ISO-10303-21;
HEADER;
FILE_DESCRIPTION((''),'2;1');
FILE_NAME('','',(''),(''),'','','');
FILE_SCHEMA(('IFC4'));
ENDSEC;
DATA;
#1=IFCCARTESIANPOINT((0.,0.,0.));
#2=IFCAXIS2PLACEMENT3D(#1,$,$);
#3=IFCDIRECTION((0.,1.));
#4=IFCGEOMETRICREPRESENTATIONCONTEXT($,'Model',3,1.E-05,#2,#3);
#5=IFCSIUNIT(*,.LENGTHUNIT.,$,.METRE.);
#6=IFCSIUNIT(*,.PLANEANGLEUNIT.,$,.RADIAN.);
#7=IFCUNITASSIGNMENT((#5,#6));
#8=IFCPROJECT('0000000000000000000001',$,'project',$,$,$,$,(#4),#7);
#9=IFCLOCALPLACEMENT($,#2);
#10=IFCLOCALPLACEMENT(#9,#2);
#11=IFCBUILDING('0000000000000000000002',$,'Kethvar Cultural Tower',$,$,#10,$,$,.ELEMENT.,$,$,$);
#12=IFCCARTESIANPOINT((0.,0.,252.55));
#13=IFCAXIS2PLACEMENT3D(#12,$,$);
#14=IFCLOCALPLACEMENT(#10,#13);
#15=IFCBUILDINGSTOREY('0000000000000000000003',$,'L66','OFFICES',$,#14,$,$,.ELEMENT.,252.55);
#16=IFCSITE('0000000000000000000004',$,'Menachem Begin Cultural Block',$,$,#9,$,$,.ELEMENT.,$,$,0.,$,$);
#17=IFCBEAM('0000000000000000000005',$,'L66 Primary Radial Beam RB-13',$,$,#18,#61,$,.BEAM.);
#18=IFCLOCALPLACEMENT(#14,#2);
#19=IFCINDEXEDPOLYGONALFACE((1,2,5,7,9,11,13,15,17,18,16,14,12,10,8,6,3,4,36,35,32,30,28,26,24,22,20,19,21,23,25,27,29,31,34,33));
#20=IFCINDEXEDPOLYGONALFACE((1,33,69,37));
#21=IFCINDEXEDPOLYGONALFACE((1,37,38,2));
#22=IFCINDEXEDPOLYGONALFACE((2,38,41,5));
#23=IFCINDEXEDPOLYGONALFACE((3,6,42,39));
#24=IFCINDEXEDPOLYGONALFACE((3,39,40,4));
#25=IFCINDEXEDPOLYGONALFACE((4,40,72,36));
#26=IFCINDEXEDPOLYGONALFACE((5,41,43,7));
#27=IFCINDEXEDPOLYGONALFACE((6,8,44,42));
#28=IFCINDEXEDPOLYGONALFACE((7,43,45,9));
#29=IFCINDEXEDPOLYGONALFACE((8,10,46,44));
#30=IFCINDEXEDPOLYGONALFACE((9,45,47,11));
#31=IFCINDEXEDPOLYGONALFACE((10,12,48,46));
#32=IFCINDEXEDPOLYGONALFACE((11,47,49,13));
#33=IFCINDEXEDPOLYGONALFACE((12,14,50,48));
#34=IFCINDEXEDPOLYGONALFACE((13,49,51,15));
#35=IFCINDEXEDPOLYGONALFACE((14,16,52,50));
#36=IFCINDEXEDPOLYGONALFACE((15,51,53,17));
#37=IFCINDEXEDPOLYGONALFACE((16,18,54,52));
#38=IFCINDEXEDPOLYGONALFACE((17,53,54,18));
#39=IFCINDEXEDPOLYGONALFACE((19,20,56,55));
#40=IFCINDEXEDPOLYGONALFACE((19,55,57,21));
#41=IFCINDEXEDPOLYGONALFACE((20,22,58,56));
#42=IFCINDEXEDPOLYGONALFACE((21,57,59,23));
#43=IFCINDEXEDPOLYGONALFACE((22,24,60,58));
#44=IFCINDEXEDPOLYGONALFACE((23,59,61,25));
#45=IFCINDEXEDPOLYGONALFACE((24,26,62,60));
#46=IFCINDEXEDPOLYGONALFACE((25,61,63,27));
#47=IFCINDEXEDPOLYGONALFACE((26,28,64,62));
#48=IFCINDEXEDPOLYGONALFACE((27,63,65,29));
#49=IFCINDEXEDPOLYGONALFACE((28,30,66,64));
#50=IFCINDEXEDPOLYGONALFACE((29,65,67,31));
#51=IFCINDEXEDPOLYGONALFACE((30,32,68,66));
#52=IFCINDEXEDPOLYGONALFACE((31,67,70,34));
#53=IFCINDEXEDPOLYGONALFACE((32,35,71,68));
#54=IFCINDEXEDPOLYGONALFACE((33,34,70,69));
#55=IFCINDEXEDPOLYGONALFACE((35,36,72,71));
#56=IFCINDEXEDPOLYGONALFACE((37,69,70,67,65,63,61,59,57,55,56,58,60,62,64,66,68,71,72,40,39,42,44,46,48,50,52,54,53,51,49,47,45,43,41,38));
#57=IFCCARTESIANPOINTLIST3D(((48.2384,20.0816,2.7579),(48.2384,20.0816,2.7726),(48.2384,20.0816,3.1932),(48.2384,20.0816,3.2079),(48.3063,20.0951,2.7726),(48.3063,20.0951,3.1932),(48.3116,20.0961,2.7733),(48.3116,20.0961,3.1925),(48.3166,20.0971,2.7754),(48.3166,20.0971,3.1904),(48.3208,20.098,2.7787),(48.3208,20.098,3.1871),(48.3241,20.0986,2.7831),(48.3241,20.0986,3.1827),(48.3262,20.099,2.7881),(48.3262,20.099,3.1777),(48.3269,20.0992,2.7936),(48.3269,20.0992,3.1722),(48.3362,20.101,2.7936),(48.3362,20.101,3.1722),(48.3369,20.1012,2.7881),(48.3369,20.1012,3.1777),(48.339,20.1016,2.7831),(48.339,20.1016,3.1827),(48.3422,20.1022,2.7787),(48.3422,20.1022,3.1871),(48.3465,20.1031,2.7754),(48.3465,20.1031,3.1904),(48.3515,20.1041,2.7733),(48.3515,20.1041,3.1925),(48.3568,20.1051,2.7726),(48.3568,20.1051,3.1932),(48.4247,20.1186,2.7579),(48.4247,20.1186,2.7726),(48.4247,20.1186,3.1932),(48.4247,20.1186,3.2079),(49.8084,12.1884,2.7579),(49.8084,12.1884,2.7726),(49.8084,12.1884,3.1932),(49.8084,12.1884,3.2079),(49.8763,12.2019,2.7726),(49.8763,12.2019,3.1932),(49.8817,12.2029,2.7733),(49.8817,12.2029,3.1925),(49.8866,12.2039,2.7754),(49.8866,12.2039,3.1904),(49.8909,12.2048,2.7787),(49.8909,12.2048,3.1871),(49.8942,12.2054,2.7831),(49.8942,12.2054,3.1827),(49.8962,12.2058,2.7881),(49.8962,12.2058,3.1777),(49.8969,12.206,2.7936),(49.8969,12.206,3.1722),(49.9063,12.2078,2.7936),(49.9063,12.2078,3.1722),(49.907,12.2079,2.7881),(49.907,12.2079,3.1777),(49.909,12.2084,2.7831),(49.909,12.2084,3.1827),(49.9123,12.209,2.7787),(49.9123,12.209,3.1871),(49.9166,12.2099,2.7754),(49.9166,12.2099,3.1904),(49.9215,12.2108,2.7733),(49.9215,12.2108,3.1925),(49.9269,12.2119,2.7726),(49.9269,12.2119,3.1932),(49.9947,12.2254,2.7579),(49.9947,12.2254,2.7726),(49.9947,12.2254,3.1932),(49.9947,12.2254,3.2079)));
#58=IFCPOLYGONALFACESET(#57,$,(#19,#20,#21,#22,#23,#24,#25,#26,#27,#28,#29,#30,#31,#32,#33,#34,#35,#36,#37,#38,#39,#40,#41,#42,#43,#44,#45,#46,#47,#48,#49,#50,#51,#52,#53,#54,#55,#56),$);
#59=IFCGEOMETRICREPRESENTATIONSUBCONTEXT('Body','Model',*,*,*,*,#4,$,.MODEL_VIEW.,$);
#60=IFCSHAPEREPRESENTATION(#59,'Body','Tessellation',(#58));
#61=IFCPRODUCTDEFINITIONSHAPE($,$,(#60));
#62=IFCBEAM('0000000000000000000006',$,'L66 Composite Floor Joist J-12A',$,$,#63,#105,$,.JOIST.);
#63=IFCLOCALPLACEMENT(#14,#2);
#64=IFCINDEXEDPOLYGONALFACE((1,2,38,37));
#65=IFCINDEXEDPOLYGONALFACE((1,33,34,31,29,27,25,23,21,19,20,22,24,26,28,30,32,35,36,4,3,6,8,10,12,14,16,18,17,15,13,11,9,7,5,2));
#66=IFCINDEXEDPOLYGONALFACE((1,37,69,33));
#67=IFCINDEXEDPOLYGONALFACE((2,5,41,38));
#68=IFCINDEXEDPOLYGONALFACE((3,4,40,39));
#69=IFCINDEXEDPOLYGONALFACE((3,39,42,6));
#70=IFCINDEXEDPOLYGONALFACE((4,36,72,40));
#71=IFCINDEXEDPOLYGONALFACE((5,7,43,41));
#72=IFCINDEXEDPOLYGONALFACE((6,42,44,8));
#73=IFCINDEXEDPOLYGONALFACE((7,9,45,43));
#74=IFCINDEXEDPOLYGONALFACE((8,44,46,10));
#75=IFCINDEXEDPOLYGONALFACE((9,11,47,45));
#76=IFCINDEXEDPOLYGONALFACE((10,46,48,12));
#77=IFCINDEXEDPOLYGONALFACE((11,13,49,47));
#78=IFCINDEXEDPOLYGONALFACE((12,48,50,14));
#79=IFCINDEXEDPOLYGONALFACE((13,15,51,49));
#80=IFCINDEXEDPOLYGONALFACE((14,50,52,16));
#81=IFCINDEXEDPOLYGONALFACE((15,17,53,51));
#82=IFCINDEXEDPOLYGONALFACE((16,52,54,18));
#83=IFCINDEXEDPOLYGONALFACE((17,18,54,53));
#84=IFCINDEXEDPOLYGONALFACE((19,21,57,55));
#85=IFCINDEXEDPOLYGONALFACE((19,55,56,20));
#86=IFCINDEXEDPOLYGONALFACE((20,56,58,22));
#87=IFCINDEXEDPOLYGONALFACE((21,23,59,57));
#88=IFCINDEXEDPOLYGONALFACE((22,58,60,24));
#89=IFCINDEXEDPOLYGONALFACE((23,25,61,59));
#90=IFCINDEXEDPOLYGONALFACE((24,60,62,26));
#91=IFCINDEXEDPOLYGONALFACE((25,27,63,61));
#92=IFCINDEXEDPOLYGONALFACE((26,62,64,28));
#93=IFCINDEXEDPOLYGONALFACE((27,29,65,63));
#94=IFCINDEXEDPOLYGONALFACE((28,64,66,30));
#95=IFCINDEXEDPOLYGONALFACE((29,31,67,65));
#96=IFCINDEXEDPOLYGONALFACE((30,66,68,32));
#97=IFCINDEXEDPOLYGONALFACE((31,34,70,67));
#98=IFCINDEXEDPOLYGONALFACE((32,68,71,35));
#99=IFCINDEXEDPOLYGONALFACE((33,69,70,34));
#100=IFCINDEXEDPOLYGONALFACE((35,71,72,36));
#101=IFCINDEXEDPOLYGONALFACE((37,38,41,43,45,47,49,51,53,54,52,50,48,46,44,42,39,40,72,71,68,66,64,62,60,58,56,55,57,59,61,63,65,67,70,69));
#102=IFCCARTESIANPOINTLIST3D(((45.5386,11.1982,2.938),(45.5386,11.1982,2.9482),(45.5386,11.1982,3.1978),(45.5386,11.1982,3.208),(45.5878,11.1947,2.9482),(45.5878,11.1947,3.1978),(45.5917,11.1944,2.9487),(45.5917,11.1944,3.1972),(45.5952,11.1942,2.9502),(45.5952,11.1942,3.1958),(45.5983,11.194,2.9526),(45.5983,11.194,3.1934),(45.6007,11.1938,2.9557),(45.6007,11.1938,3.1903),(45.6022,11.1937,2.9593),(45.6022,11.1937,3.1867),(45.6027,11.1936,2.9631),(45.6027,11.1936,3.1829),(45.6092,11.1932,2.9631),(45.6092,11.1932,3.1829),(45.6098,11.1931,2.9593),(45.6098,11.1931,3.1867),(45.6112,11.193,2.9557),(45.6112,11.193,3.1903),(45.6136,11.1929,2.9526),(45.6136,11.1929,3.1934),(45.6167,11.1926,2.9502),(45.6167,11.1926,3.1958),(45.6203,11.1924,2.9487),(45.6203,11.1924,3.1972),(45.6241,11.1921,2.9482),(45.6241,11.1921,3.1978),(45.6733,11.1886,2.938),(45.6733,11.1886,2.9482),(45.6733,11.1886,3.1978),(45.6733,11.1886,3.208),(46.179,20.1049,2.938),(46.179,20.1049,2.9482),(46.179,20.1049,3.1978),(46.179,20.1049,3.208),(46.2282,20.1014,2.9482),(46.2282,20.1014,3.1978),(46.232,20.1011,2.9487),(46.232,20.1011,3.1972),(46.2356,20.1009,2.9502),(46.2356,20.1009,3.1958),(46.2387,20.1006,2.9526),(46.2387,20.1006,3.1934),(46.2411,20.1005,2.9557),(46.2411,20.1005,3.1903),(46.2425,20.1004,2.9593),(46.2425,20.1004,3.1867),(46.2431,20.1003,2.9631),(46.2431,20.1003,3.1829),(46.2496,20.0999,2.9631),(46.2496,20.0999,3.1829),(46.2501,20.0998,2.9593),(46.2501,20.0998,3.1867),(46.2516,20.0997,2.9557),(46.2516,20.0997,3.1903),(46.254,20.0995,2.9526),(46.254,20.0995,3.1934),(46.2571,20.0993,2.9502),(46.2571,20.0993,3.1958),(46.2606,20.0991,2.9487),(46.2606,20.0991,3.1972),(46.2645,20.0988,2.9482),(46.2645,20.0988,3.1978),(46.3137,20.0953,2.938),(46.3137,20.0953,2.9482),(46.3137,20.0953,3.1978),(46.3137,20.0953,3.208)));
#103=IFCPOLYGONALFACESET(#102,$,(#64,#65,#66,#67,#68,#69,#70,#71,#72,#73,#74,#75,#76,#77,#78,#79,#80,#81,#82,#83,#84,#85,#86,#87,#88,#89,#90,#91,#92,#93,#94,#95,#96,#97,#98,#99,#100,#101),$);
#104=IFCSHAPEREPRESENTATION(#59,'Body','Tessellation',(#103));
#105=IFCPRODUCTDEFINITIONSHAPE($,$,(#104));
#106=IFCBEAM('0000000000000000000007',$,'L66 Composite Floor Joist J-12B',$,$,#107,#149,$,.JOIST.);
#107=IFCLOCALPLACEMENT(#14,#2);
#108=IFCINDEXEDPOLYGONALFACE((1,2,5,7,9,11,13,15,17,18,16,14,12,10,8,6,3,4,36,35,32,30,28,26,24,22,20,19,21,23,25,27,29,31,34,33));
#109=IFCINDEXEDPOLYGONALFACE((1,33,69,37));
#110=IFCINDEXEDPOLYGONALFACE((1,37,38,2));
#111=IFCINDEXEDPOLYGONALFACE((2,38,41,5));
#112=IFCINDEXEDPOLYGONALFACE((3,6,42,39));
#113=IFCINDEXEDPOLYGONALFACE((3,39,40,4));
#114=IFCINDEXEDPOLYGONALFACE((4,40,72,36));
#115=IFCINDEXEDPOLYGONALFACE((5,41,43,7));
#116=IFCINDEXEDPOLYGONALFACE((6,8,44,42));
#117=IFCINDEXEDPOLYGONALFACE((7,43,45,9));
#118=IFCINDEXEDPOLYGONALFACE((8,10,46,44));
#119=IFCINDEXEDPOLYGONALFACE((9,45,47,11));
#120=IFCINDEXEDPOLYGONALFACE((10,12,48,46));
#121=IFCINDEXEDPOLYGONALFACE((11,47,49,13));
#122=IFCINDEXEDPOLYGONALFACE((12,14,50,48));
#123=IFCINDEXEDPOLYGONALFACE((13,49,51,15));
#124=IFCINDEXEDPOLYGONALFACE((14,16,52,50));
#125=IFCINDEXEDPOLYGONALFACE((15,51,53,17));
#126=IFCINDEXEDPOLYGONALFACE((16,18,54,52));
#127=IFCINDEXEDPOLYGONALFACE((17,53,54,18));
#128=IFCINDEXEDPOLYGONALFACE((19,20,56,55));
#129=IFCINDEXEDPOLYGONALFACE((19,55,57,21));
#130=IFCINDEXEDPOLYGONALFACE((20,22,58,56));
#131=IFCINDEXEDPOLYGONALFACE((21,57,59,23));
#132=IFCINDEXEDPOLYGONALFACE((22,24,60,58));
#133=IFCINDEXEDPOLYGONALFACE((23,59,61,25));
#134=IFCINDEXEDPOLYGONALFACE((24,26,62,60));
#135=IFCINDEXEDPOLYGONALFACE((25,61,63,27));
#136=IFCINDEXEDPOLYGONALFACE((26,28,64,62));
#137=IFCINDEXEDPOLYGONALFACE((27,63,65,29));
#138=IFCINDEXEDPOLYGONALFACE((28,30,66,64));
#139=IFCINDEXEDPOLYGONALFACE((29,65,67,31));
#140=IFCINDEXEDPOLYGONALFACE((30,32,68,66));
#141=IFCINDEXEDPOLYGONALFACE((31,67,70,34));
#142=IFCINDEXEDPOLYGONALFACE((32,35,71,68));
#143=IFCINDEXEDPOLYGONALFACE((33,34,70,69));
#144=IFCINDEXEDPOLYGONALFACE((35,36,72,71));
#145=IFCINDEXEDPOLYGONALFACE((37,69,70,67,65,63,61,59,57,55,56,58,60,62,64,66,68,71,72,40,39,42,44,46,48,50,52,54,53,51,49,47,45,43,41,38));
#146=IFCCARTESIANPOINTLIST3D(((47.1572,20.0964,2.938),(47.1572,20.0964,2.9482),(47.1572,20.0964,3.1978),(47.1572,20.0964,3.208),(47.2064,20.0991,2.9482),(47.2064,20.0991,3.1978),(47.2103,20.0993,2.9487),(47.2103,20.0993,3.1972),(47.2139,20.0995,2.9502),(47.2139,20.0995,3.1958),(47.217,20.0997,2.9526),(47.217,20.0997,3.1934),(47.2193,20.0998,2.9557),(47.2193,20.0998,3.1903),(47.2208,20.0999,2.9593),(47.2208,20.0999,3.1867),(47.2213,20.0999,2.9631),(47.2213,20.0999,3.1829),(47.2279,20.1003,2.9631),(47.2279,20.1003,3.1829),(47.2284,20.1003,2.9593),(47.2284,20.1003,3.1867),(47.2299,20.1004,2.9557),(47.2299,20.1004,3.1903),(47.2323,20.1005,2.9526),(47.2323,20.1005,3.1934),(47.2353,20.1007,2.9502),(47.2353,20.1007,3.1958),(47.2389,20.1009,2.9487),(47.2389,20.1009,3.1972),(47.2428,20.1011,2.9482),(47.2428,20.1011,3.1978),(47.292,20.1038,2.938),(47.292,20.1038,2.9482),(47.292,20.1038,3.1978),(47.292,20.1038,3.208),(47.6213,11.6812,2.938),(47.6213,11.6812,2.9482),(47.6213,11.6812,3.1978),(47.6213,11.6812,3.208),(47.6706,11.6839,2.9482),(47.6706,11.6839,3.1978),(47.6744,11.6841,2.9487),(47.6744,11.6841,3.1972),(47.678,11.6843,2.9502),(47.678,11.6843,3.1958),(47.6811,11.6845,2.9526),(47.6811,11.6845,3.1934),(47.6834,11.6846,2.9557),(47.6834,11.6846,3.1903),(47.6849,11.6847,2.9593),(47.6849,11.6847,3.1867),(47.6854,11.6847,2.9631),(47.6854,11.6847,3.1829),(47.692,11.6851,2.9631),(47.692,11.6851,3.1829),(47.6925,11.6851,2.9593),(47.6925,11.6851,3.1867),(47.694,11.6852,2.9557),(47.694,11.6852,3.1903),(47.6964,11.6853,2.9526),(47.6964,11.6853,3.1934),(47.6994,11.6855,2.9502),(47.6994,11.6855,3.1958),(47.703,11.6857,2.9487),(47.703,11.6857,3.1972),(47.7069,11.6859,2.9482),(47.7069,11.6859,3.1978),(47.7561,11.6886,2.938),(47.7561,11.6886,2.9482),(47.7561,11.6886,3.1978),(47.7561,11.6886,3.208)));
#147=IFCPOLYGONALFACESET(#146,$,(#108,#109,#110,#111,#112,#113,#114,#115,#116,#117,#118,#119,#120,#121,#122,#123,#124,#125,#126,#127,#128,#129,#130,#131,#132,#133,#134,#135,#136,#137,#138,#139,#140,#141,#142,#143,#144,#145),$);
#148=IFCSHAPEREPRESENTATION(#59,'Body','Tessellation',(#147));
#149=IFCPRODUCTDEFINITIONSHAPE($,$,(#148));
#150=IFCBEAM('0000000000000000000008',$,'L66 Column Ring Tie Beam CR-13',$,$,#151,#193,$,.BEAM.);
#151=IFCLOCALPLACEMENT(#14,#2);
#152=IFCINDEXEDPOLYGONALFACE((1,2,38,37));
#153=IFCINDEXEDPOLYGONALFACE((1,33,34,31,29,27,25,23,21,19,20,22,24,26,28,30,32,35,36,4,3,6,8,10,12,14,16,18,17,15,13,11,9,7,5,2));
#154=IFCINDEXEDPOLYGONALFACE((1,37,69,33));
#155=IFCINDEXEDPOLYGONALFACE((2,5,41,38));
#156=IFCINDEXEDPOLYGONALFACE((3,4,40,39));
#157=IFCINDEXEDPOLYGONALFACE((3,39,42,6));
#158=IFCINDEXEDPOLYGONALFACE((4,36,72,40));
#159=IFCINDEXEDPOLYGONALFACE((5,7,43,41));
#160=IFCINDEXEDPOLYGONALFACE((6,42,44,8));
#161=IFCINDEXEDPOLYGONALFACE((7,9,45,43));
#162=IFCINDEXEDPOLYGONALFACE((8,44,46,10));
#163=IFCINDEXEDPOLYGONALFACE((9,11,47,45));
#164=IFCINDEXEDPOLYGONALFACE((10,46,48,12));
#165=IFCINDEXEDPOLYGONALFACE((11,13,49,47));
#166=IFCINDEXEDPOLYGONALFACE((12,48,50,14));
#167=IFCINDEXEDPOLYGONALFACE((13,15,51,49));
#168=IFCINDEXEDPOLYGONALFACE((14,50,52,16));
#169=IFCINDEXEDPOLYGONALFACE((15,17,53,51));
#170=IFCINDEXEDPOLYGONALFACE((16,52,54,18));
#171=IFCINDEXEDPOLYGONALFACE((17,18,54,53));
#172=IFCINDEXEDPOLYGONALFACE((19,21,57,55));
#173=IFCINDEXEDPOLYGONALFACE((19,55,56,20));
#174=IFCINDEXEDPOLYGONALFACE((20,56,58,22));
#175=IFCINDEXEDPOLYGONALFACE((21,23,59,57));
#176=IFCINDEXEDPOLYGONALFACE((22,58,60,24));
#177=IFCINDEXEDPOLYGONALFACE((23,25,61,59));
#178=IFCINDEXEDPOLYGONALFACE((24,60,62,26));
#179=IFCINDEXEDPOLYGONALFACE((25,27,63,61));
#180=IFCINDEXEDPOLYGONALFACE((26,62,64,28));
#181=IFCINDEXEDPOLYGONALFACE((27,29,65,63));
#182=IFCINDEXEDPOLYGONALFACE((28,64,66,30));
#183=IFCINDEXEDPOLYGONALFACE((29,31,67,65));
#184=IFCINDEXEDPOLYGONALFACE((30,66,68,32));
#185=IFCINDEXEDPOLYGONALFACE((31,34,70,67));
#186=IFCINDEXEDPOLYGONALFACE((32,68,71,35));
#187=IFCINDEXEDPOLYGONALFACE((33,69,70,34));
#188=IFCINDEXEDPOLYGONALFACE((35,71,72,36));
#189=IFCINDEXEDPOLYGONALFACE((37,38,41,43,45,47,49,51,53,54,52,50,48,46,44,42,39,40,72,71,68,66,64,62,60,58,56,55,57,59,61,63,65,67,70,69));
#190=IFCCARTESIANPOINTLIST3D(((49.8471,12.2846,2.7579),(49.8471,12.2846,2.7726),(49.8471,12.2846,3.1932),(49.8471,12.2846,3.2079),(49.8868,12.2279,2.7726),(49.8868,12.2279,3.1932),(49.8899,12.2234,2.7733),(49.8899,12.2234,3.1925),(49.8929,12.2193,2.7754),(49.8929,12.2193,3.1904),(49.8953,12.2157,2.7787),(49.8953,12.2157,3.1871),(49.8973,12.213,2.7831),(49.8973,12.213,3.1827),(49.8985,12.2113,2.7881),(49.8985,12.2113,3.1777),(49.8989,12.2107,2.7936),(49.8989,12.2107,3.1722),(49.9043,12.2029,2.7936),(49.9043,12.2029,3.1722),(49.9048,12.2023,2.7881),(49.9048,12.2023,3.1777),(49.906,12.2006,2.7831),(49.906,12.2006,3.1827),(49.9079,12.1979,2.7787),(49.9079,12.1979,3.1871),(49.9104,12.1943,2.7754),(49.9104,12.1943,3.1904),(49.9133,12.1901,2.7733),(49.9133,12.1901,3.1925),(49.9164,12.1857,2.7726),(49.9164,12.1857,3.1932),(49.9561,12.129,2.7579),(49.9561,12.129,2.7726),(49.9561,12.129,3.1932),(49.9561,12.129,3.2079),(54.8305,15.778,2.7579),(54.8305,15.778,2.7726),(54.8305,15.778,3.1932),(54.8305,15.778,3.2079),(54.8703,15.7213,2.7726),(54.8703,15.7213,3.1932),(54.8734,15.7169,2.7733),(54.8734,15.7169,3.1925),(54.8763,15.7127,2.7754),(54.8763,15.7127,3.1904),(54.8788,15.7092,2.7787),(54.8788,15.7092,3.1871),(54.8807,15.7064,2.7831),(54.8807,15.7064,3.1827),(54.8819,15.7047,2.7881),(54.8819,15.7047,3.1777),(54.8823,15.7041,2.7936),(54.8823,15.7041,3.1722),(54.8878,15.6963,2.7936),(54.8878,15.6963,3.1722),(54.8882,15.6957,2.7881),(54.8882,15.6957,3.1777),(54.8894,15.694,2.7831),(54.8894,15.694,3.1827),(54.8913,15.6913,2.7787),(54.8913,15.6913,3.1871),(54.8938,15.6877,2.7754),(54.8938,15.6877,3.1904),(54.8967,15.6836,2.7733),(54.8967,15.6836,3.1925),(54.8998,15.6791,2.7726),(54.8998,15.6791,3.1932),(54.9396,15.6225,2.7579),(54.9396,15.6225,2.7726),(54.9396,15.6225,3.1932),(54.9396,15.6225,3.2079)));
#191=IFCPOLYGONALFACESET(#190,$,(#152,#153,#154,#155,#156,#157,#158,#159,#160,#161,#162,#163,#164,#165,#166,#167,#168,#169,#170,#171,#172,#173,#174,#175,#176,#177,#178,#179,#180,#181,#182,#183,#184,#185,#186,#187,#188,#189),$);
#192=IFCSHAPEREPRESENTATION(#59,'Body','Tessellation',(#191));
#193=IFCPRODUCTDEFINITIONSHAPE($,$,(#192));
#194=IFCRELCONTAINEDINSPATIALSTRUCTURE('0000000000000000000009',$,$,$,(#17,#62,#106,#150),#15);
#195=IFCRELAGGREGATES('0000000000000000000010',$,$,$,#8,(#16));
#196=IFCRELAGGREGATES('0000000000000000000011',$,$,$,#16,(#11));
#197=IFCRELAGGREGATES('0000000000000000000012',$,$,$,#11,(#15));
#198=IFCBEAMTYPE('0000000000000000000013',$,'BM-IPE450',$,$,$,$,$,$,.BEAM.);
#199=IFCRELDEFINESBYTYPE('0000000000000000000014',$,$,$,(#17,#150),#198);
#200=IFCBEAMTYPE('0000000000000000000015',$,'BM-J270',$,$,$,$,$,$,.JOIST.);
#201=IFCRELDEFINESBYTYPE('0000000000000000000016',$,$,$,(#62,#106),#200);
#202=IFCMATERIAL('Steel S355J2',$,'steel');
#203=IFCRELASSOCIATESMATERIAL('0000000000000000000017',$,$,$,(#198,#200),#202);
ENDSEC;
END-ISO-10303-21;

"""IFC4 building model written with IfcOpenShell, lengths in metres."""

from ifc_helpers import new_model, si_unit, direction, frame, origin, origin_2d, place, context, subcontext, project, spatial, i_section, extrude, source, transform, mapped, material, material_profile, profile_set, type_object, element, save


model = new_model("IFC4")

# Units and contexts
model_context = context("Model", 3, precision=1e-05, world=origin(), true_north=direction((0.0, 1.0)))
body_context = subcontext(model_context, "Body", "Model", "MODEL_VIEW")
ifc_project = project(units=[si_unit("LENGTHUNIT", "METRE"), si_unit("PLANEANGLEUNIT", "RADIAN")], contexts=[model_context])

# Site, building, storey
site_placement = place(None, origin())
site = spatial("IfcSite", under=ifc_project, at=site_placement, Name="Menachem Begin Cultural Block", CompositionType="ELEMENT", RefElevation=0.0)
building_placement = place(site_placement, origin())
building = spatial("IfcBuilding", under=site, at=building_placement, Name="Kethvar Cultural Tower", CompositionType="ELEMENT")
storey_placement = place(building_placement, frame((0.0, 0.0, 252.55)))
storey = spatial("IfcBuildingStorey", under=building, at=storey_placement, Name="L66", Description="OFFICES", CompositionType="ELEMENT", Elevation=252.55)

# Beams
ifc_material_1 = material(Name="Steel S355J2", Category="steel")
ifc_material_profile_1 = material_profile(ifc_material_1, i_section(OverallWidth=0.1899, OverallDepth=0.45, WebThickness=0.0095, FlangeThickness=0.0146, FilletRadius=0.021, at=origin_2d()), Name="Steel S355J2 — IPE450")
ifc_profile_set_1 = profile_set([ifc_material_profile_1], Name="Steel S355J2 — IPE450")
beam_type_1 = type_object("IfcBeamType", Name="BM-IPE450", PredefinedType="BEAM", material=ifc_profile_set_1)
shared_shape_1 = source(origin(), body_context, "Body", "SweptSolid", [
    extrude(i_section(OverallWidth=0.1899, OverallDepth=0.45, WebThickness=0.0095, FlangeThickness=0.0146, FilletRadius=0.021, at=origin_2d()), origin(), (0.0, 0.0, 1.0), 8.0479),
])
beam_1_placement = place(storey_placement, frame((48.3315, 20.1001, 2.9829), z_axis=(0.195089, -0.980785, 0.0), x_axis=(0.980785, 0.195089, 0.0)))
element("IfcBeam", 1, at=beam_1_placement, inside=storey, type_object=beam_type_1, Name="L66 Primary Radial Beam RB-13", PredefinedType="BEAM", context=body_context, shape_type="MappedRepresentation", body=[
    mapped(shared_shape_1, transform((0.0, 0.0, 0.0), scale=1.0)),
])
ifc_material_profile_2 = material_profile(ifc_material_1, i_section(OverallWidth=0.135, OverallDepth=0.27, WebThickness=0.0066, FlangeThickness=0.0103, FilletRadius=0.0149, at=origin_2d()), Name="Steel S355J2 — IPE270")
ifc_profile_set_2 = profile_set([ifc_material_profile_2], Name="Steel S355J2 — IPE270")
beam_type_2 = type_object("IfcBeamType", Name="BM-J270", PredefinedType="JOIST", material=ifc_profile_set_2)
shared_shape_2 = source(origin(), body_context, "Body", "SweptSolid", [
    extrude(i_section(OverallWidth=0.135, OverallDepth=0.27, WebThickness=0.0066, FlangeThickness=0.0103, FilletRadius=0.0149, at=origin_2d()), origin(), (0.0, 0.0, 1.0), 8.9297),
])
beam_2_placement = place(storey_placement, frame((46.2463, 20.1001, 3.073), z_axis=(-0.071713, -0.997425, 0.0), x_axis=(0.997425, -0.071713, 0.0)))
element("IfcBeam", 2, at=beam_2_placement, inside=storey, type_object=beam_type_2, Name="L66 Composite Floor Joist J-12A", PredefinedType="JOIST", context=body_context, shape_type="MappedRepresentation", body=[
    mapped(shared_shape_2, transform((0.0, 0.0, 0.0), scale=1.0)),
])
shared_shape_3 = source(origin(), body_context, "Body", "SweptSolid", [
    extrude(i_section(OverallWidth=0.135, OverallDepth=0.27, WebThickness=0.0066, FlangeThickness=0.0103, FilletRadius=0.0149, at=origin_2d()), origin(), (0.0, 0.0, 1.0), 8.428),
])
beam_3_placement = place(storey_placement, frame((47.2246, 20.1001, 3.073), z_axis=(0.055067, -0.998483, 0.0), x_axis=(0.998483, 0.055067, 0.0)))
element("IfcBeam", 3, at=beam_3_placement, inside=storey, type_object=beam_type_2, Name="L66 Composite Floor Joist J-12B", PredefinedType="JOIST", context=body_context, shape_type="MappedRepresentation", body=[
    mapped(shared_shape_3, transform((0.0, 0.0, 0.0), scale=1.0)),
])
shared_shape_4 = source(origin(), body_context, "Body", "SweptSolid", [
    extrude(i_section(OverallWidth=0.1899, OverallDepth=0.45, WebThickness=0.0095, FlangeThickness=0.0146, FilletRadius=0.021, at=origin_2d()), origin(), (0.0, 0.0, 1.0), 6.0859),
])
beam_4_placement = place(storey_placement, frame((49.9016, 12.2068, 2.9829), z_axis=(0.818843, 0.574017, 0.0), x_axis=(-0.574017, 0.818843, 0.0)))
element("IfcBeam", 4, at=beam_4_placement, inside=storey, type_object=beam_type_1, Name="L66 Column Ring Tie Beam CR-13", PredefinedType="BEAM", context=body_context, shape_type="MappedRepresentation", body=[
    mapped(shared_shape_4, transform((0.0, 0.0, 0.0), scale=1.0)),
])

save(model, "model.ifc")
